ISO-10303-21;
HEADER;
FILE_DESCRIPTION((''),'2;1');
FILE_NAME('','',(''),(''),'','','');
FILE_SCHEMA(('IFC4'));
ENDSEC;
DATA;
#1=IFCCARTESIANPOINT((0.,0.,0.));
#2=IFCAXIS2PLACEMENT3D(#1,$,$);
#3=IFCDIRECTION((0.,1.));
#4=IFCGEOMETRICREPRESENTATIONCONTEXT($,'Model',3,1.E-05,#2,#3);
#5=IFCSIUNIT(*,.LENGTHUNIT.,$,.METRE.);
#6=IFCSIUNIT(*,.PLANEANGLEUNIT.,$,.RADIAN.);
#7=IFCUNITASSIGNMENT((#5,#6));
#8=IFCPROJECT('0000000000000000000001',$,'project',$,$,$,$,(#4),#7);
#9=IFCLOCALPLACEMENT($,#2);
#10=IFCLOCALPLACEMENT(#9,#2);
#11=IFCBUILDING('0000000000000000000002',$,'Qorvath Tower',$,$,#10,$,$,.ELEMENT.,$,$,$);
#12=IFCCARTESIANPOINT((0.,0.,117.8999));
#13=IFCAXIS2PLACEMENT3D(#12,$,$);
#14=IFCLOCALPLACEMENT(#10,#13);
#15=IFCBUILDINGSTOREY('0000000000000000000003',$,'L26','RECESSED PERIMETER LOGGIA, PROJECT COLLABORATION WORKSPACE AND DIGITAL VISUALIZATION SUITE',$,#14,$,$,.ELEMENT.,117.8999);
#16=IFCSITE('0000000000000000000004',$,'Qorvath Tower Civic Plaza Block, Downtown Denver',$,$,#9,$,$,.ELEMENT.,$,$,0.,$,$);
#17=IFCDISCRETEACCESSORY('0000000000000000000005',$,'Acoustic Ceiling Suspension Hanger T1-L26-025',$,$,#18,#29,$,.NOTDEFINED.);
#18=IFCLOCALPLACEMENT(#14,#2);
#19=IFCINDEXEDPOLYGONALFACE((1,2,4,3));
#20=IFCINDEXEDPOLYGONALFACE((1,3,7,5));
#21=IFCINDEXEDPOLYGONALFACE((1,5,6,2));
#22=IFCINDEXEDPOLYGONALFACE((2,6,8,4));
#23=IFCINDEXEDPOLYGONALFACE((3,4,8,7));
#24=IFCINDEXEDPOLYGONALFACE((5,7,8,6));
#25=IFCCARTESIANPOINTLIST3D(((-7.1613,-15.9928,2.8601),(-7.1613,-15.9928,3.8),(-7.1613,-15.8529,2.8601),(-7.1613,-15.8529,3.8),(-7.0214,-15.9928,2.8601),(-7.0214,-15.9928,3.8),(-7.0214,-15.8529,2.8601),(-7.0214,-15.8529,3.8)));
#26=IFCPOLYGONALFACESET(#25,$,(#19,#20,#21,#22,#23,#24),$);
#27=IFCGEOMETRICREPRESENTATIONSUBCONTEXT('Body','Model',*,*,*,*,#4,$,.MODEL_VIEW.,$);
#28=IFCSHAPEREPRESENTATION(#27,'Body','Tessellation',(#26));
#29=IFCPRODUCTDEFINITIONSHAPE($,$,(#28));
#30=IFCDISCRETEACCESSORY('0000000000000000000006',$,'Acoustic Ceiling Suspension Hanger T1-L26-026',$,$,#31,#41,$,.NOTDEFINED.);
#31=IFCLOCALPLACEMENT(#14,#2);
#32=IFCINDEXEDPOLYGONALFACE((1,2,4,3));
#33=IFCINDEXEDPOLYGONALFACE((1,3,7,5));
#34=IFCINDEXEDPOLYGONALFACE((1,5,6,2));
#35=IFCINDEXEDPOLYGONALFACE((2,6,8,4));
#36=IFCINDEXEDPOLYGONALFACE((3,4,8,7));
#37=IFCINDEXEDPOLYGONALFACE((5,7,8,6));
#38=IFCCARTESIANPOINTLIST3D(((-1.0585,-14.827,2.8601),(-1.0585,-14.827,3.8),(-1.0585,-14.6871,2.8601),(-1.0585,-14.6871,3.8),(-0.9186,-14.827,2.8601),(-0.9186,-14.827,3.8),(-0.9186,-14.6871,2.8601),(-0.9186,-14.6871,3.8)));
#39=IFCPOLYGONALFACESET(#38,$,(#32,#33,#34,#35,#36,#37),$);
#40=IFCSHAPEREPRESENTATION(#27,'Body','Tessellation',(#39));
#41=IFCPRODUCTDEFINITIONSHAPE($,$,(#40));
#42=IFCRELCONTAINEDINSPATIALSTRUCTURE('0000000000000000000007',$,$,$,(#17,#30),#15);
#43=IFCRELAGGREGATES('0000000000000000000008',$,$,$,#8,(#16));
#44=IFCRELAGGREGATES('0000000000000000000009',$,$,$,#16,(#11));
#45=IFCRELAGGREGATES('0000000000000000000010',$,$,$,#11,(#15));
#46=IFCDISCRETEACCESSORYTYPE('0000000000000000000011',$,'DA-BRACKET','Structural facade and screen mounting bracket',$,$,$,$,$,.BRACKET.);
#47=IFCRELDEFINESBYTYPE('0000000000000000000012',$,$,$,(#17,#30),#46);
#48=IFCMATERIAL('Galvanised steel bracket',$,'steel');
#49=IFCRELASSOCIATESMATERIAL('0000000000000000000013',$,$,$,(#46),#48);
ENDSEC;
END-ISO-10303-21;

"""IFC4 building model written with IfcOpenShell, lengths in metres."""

from ifc_helpers import new_model, si_unit, direction, frame, origin, origin_2d, place, context, subcontext, project, spatial, rectangle, extrude, material, type_object, element, save


model = new_model("IFC4")

# Units and contexts
model_context = context("Model", 3, precision=1e-05, world=origin(), true_north=direction((0.0, 1.0)))
body_context = subcontext(model_context, "Body", "Model", "MODEL_VIEW")
ifc_project = project(units=[si_unit("LENGTHUNIT", "METRE"), si_unit("PLANEANGLEUNIT", "RADIAN")], contexts=[model_context])

# Site, building, storey
site_placement = place(None, origin())
site = spatial("IfcSite", under=ifc_project, at=site_placement, Name="Qorvath Tower Civic Plaza Block, Downtown Denver", CompositionType="ELEMENT", RefElevation=0.0)
building_placement = place(site_placement, origin())
building = spatial("IfcBuilding", under=site, at=building_placement, Name="Qorvath Tower", CompositionType="ELEMENT")
storey_placement = place(building_placement, frame((0.0, 0.0, 117.8999)))
storey = spatial("IfcBuildingStorey", under=building, at=storey_placement, Name="L26", Description="RECESSED PERIMETER LOGGIA, PROJECT COLLABORATION WORKSPACE AND DIGITAL VISUALIZATION SUITE", CompositionType="ELEMENT", Elevation=117.8999)

# Discrete accessories
ifc_material_1 = material(Name="Galvanised steel bracket", Category="steel")
discrete_accessory_type = type_object("IfcDiscreteAccessoryType", Name="DA-BRACKET", Description="Structural facade and screen mounting bracket", PredefinedType="BRACKET", material=ifc_material_1)
for number, where, z_axis, x_axis, name in (
    (1, (-7.0913, -15.9229, 2.8601), (0.0, 0.0, 1.0), (1.0, 0.0, 0.0), "Acoustic Ceiling Suspension Hanger T1-L26-025"),
    (2, (-0.9885, -14.7571, 2.8601), (0.0, 0.0, 1.0), (1.0, 0.0, 0.0), "Acoustic Ceiling Suspension Hanger T1-L26-026"),
):
    element("IfcDiscreteAccessory", number, at=place(storey_placement, frame(where, z_axis=z_axis, x_axis=x_axis)), inside=storey, type_object=discrete_accessory_type, Name=name, PredefinedType="NOTDEFINED", context=body_context, shape_type="SweptSolid", body=[
        extrude(rectangle(XDim=0.1399, YDim=0.1399, at=origin_2d()), origin(), (0.0, 0.0, 1.0), 0.9399),
    ])

save(model, "model.ifc")
